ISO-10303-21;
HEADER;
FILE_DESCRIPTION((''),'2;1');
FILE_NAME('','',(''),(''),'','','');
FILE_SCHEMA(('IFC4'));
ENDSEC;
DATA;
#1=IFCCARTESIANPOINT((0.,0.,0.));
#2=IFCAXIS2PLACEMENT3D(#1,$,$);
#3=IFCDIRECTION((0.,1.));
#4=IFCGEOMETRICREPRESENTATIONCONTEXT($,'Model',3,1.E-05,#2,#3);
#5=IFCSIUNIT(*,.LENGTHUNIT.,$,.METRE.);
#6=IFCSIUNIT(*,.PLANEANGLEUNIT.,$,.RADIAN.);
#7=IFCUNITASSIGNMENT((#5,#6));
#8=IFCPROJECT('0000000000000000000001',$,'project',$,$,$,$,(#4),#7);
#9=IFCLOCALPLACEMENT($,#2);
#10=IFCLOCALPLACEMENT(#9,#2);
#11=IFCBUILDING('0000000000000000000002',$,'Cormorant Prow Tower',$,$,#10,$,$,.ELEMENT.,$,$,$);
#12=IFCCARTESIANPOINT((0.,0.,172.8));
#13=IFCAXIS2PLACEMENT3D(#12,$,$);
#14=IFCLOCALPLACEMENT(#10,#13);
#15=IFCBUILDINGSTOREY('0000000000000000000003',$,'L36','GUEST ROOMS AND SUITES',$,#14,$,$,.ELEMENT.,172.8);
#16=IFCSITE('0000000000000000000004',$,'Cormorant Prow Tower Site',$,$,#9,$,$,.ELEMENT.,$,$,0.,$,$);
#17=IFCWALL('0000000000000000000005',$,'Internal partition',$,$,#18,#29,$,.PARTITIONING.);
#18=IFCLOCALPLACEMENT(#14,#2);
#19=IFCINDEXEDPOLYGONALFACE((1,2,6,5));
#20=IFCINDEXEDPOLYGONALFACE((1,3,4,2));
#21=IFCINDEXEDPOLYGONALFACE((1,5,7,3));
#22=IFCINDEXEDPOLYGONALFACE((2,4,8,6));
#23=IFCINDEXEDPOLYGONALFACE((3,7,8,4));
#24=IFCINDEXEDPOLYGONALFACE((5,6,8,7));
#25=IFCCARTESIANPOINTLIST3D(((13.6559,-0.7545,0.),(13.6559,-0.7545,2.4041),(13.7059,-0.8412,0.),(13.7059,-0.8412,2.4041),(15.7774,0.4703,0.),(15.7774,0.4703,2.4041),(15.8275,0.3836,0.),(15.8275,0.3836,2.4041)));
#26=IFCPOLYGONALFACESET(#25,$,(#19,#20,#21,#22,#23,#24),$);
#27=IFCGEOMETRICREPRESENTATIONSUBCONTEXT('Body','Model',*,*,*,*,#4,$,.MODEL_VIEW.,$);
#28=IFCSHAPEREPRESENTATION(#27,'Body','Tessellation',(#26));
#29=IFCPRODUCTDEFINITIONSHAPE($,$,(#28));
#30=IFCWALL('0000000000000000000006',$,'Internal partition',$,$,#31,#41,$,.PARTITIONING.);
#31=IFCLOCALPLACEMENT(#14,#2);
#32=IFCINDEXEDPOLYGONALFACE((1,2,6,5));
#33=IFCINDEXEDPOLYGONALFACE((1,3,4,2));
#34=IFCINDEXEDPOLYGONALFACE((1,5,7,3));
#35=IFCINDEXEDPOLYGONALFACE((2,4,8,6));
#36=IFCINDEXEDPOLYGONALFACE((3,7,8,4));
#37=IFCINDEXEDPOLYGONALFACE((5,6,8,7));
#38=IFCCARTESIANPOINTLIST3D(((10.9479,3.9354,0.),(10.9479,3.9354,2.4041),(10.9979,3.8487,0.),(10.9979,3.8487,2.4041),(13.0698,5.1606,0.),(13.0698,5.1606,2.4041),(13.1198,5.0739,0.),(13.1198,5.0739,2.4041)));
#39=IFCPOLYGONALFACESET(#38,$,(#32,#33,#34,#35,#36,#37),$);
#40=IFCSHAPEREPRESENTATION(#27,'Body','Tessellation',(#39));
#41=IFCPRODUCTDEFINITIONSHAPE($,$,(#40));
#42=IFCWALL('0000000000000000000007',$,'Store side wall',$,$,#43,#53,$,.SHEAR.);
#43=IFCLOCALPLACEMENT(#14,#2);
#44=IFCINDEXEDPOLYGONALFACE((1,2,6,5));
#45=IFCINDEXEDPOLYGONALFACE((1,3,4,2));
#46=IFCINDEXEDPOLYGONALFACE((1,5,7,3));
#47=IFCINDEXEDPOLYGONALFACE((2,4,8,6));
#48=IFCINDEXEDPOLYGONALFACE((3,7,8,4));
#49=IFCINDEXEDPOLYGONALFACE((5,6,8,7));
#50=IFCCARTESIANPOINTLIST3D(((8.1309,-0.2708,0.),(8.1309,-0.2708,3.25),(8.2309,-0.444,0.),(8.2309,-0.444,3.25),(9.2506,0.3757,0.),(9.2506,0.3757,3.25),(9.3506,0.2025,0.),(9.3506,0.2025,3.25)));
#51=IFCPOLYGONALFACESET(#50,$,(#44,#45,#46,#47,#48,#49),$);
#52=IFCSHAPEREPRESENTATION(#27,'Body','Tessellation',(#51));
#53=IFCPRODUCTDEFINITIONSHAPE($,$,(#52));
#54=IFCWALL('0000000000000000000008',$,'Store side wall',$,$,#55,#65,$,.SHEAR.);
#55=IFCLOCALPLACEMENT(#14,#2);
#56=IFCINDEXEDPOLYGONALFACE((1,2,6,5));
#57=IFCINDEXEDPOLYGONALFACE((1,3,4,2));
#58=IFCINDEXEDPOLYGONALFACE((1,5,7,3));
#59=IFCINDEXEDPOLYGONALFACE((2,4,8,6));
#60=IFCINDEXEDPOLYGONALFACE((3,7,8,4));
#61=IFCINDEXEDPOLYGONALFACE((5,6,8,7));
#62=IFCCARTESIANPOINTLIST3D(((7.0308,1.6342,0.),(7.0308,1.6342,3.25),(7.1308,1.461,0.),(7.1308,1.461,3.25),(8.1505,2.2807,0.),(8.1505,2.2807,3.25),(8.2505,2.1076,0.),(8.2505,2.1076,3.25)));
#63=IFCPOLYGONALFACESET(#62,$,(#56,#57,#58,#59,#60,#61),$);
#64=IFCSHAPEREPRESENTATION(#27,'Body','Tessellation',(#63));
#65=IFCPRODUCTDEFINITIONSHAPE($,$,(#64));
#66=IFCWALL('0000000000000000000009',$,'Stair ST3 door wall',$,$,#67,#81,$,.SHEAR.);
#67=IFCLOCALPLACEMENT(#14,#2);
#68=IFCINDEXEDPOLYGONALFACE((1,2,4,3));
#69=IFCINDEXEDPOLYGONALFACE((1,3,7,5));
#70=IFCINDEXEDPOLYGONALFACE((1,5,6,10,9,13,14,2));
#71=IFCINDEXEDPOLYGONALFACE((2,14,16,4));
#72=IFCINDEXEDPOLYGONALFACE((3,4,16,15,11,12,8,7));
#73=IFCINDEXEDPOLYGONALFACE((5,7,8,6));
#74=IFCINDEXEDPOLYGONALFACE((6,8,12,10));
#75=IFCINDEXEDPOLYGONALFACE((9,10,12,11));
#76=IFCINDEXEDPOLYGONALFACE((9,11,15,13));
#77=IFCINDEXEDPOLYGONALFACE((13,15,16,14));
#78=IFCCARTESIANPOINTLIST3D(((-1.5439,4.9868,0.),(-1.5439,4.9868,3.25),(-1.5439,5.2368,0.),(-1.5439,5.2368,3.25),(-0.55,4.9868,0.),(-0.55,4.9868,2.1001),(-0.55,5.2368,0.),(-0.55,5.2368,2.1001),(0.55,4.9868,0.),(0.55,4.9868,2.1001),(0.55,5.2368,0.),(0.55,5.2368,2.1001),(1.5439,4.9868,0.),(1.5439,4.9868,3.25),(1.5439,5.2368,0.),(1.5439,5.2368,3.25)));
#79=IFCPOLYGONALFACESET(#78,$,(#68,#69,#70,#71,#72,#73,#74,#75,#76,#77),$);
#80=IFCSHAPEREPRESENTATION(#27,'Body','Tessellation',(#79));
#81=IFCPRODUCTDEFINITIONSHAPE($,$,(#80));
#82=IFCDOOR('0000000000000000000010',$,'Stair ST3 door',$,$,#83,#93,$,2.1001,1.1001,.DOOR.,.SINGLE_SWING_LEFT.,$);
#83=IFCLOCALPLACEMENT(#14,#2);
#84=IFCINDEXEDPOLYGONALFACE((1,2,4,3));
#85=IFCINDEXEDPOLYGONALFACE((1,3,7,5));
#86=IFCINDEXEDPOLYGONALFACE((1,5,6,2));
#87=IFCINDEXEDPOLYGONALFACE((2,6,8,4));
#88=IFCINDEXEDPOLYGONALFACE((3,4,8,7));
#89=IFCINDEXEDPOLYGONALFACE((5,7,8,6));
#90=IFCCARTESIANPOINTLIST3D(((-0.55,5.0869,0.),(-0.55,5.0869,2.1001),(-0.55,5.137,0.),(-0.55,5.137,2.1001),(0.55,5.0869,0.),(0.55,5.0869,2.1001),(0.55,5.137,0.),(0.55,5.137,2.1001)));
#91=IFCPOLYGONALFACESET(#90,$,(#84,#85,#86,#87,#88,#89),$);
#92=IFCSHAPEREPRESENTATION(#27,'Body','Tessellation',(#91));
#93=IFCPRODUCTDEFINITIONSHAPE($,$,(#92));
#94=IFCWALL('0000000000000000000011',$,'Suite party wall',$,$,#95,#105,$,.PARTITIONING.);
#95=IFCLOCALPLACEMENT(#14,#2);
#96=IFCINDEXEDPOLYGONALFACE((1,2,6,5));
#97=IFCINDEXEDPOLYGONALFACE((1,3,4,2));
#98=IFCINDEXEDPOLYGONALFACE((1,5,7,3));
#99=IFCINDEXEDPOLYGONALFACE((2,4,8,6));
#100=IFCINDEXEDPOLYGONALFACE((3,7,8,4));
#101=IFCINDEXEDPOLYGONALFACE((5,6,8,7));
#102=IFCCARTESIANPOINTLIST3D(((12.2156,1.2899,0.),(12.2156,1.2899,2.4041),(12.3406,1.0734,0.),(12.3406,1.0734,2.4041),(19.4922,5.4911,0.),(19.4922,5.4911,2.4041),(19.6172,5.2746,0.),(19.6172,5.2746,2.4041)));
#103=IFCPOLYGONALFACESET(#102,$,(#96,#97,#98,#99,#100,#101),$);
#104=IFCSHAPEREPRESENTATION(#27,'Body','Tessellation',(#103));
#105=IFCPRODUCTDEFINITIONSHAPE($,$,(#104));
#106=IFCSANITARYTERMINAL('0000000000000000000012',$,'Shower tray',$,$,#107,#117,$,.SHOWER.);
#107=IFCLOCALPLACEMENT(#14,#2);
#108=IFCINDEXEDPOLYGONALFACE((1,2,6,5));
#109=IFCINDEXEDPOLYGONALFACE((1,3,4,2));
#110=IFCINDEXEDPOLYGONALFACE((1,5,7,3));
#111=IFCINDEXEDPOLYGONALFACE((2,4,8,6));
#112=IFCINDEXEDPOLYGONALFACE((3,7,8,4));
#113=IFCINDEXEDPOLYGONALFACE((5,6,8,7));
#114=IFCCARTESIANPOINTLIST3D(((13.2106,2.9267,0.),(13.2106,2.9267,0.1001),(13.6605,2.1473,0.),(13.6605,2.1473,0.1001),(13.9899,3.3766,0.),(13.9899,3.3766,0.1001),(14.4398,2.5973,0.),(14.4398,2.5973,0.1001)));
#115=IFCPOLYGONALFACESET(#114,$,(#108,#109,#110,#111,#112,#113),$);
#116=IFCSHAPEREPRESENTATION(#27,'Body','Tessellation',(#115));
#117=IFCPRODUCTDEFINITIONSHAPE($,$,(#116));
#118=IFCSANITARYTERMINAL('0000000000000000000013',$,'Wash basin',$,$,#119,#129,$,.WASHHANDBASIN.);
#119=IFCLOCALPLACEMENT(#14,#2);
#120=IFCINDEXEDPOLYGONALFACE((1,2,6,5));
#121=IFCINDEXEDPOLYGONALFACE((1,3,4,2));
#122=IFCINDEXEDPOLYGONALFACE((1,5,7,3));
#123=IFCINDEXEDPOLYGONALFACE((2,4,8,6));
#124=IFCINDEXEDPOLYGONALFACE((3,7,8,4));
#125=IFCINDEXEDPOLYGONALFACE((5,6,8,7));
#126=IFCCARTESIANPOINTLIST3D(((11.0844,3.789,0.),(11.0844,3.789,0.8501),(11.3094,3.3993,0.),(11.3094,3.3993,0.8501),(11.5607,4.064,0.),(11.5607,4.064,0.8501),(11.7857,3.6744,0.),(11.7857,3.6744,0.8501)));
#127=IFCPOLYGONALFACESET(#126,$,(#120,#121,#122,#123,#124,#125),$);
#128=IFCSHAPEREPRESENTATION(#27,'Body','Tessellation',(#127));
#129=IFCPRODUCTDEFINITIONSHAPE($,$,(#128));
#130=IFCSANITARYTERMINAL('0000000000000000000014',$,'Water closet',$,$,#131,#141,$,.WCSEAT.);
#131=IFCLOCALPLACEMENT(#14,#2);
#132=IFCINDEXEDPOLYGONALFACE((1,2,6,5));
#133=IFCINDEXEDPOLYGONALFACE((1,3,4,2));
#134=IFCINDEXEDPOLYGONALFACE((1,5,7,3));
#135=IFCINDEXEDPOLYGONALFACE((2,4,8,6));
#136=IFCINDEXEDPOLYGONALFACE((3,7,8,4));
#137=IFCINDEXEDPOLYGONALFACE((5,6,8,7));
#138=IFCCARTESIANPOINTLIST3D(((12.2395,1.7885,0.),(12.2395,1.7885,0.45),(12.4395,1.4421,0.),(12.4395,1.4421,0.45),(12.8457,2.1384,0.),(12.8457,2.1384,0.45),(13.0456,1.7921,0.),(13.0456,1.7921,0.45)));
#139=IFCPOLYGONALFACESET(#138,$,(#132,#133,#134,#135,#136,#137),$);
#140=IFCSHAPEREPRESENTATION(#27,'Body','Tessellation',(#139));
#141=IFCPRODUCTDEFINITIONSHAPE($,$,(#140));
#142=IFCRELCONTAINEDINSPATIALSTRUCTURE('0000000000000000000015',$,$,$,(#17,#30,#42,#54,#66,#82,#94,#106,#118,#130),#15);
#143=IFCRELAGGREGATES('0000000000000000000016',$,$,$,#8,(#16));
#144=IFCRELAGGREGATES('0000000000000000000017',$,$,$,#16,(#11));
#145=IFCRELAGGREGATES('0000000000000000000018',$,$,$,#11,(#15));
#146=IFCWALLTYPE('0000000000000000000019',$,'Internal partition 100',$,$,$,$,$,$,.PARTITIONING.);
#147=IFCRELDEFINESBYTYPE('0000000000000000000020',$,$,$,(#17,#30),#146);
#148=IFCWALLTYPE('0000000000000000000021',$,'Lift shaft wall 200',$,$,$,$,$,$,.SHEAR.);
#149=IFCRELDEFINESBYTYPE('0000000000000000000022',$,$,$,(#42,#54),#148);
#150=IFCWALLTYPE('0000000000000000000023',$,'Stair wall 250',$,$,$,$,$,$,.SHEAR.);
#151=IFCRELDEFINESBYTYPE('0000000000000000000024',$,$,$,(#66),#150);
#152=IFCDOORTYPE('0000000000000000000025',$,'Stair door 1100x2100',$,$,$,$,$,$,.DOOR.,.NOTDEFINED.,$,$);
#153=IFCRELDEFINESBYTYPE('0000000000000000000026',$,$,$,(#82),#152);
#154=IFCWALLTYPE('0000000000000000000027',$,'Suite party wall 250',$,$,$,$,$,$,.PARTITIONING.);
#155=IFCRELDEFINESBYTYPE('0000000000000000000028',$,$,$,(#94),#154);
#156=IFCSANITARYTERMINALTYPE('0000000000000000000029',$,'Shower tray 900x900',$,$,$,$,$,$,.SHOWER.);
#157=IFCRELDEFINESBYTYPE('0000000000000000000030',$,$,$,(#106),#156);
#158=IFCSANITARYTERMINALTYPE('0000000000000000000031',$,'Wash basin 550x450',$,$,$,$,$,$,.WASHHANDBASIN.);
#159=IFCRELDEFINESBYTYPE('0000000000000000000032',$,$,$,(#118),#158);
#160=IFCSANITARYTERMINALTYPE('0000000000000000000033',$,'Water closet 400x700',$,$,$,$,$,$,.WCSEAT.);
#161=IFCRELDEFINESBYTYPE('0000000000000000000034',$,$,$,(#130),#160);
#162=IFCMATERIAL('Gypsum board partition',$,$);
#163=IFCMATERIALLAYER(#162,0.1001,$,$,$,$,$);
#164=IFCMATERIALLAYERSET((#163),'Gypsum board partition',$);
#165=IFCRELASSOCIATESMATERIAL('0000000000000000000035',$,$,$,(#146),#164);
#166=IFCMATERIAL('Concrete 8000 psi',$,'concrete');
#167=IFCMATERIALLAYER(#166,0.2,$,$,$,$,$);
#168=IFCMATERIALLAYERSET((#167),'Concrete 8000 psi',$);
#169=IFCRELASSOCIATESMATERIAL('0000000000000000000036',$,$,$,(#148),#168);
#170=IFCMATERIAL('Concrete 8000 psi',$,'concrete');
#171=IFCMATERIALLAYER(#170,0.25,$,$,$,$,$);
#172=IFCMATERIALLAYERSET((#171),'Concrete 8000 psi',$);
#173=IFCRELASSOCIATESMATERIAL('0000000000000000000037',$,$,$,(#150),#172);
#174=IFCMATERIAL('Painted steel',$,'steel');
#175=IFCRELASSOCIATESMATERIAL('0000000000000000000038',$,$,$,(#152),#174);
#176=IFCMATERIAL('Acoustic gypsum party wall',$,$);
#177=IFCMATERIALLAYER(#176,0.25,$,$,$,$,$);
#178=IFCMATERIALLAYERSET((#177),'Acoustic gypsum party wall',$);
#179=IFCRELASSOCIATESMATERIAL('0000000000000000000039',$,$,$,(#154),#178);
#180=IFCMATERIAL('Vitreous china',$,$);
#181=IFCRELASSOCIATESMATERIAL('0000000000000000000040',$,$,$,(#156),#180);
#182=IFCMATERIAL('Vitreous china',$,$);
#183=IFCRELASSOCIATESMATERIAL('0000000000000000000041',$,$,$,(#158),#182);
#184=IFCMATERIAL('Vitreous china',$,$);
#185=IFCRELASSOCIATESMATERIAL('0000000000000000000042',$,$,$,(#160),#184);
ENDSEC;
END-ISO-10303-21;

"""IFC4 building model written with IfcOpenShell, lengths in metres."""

from ifc_helpers import new_model, si_unit, direction, frame, frame_2d, origin, origin_2d, place, context, subcontext, project, spatial, rectangle, extrude, material, layer, layer_set, type_object, element, fill, save


model = new_model("IFC4")

# Units and contexts
model_context = context("Model", 3, precision=1e-05, world=origin(), true_north=direction((0.0, 1.0)))
body_context = subcontext(model_context, "Body", "Model", "MODEL_VIEW")
ifc_project = project(units=[si_unit("LENGTHUNIT", "METRE"), si_unit("PLANEANGLEUNIT", "RADIAN")], contexts=[model_context])

# Site, building, storey
site_placement = place(None, origin())
site = spatial("IfcSite", under=ifc_project, at=site_placement, Name="Cormorant Prow Tower Site", CompositionType="ELEMENT", RefElevation=0.0)
building_placement = place(site_placement, origin())
building = spatial("IfcBuilding", under=site, at=building_placement, Name="Cormorant Prow Tower", CompositionType="ELEMENT")
storey_placement = place(building_placement, frame((0.0, 0.0, 172.8)))
storey = spatial("IfcBuildingStorey", under=building, at=storey_placement, Name="L36", Description="GUEST ROOMS AND SUITES", CompositionType="ELEMENT", Elevation=172.8)

# Shared definitions
ifc_material_1 = material(Name="Gypsum board partition")
ifc_layer_1 = layer(ifc_material_1, 0.1001)
ifc_layer_set_1 = layer_set([ifc_layer_1], Name="Gypsum board partition")
wall_type_1 = type_object("IfcWallType", Name="Internal partition 100", PredefinedType="PARTITIONING", material=ifc_layer_set_1)

# Walls
wall_1_placement = place(storey_placement, frame((13.6809, -0.7979, 0.0), z_axis=(0.0, 0.0, 1.0), x_axis=(0.866033, 0.499987, 0.0)))
element("IfcWall", 1, at=wall_1_placement, inside=storey, type_object=wall_type_1, Name="Internal partition", PredefinedType="PARTITIONING", context=body_context, shape_type="SweptSolid", body=[
    extrude(rectangle(XDim=2.4497, YDim=0.1001, at=frame_2d((1.2249, 0.0))), origin(), (0.0, 0.0, 1.0), 2.4041),
])
wall_2_placement = place(storey_placement, frame((10.9729, 3.8921, 0.0), z_axis=(0.0, 0.0, 1.0), x_axis=(0.866015, 0.500019, 0.0)))
element("IfcWall", 2, at=wall_2_placement, inside=storey, type_object=wall_type_1, Name="Internal partition", PredefinedType="PARTITIONING", context=body_context, shape_type="SweptSolid", body=[
    extrude(rectangle(XDim=2.4502, YDim=0.1001, at=frame_2d((1.2251, 0.0))), origin(), (0.0, 0.0, 1.0), 2.4041),
])
ifc_material_2 = material(Name="Concrete 8000 psi", Category="concrete")
ifc_layer_2 = layer(ifc_material_2, 0.2)
ifc_layer_set_2 = layer_set([ifc_layer_2], Name="Concrete 8000 psi")
wall_type_2 = type_object("IfcWallType", Name="Lift shaft wall 200", PredefinedType="SHEAR", material=ifc_layer_set_2)
for number, where, z_axis, x_axis, name in (
    (3, (8.1809, -0.3574, 0.0), (0.0, 0.0, 1.0), (0.866003, 0.500038, 0.0), "Store side wall"),
    (4, (7.0808, 1.5476, 0.0), (0.0, 0.0, 1.0), (0.866003, 0.500038, 0.0), "Store side wall"),
):
    element("IfcWall", number, at=place(storey_placement, frame(where, z_axis=z_axis, x_axis=x_axis)), inside=storey, type_object=wall_type_2, Name=name, PredefinedType="SHEAR", context=body_context, shape_type="SweptSolid", body=[
        extrude(rectangle(XDim=1.293, YDim=0.2, at=frame_2d((0.6465, 0.0))), origin(), (0.0, 0.0, 1.0), 3.25),
    ])

# Wall, opening, door
ifc_material_3 = material(Name="Concrete 8000 psi", Category="concrete")
ifc_layer_3 = layer(ifc_material_3, 0.25)
ifc_layer_set_3 = layer_set([ifc_layer_3], Name="Concrete 8000 psi")
wall_type_3 = type_object("IfcWallType", Name="Stair wall 250", PredefinedType="SHEAR", material=ifc_layer_set_3)
wall_3_placement = place(storey_placement, frame((1.5439, 5.1118, 0.0), z_axis=(0.0, 0.0, 1.0), x_axis=(-1.0, 0.0, 0.0)))
wall_3 = element("IfcWall", 5, at=wall_3_placement, inside=storey, type_object=wall_type_3, Name="Stair ST3 door wall", PredefinedType="SHEAR", context=body_context, shape_type="SweptSolid", body=[
    extrude(rectangle(XDim=3.0879, YDim=0.25, at=frame_2d((1.5439, 0.0))), origin(), (0.0, 0.0, 1.0), 3.25),
])
opening_1_placement = place(wall_3_placement, frame((0.9939, 0.0, 0.0)))
opening_1 = element("IfcOpeningElement", 6, at=opening_1_placement, cuts=wall_3, PredefinedType="OPENING", context=body_context, shape_type="SweptSolid", body=[
    extrude(rectangle(XDim=1.1001, YDim=2.1001, at=frame_2d((0.55, 1.05))), frame((0.0, 0.135, 0.0), z_axis=(0.0, -1.0, 0.0), x_axis=(1.0, 0.0, 0.0)), (0.0, 0.0, 1.0), 0.27),
])
ifc_material_4 = material(Name="Painted steel", Category="steel")
door_type_1 = type_object("IfcDoorType", Name="Stair door 1100x2100", OperationType="NOTDEFINED", PredefinedType="DOOR", material=ifc_material_4)
door_1_placement = place(opening_1_placement, origin())
door_1 = element("IfcDoor", 7, at=door_1_placement, inside=storey, type_object=door_type_1, Name="Stair ST3 door", OperationType="SINGLE_SWING_LEFT", OverallHeight=2.1001, OverallWidth=1.1001, PredefinedType="DOOR", context=body_context, shape_type="SweptSolid", body=[
    extrude(rectangle(XDim=1.1001, YDim=2.1001, at=frame_2d((0.55, 1.05))), frame((0.0, 0.0249, 0.0), z_axis=(0.0, -1.0, 0.0), x_axis=(1.0, 0.0, 0.0)), (0.0, 0.0, 1.0), 0.05),
])
fill(opening_1, door_1)

# Wall
ifc_material_5 = material(Name="Acoustic gypsum party wall")
ifc_layer_4 = layer(ifc_material_5, 0.25)
ifc_layer_set_4 = layer_set([ifc_layer_4], Name="Acoustic gypsum party wall")
wall_type_4 = type_object("IfcWallType", Name="Suite party wall 250", PredefinedType="PARTITIONING", material=ifc_layer_set_4)
wall_4_placement = place(storey_placement, frame((12.2781, 1.1816, 0.0), z_axis=(0.0, 0.0, 1.0), x_axis=(0.866024, 0.500002, 0.0)))
element("IfcWall", 8, at=wall_4_placement, inside=storey, type_object=wall_type_4, Name="Suite party wall", PredefinedType="PARTITIONING", context=body_context, shape_type="SweptSolid", body=[
    extrude(rectangle(XDim=8.4023, YDim=0.25, at=frame_2d((4.2012, 0.0))), origin(), (0.0, 0.0, 1.0), 2.4041),
])

# Sanitary terminals
ifc_material_6 = material(Name="Vitreous china")
sanitary_terminal_type_1 = type_object("IfcSanitaryTerminalType", Name="Shower tray 900x900", PredefinedType="SHOWER", material=ifc_material_6)
sanitary_terminal_1_placement = place(storey_placement, frame((13.8252, 2.762, 0.0), z_axis=(0.0, 0.0, 1.0), x_axis=(-0.866025, -0.5, 0.0)))
element("IfcSanitaryTerminal", 9, at=sanitary_terminal_1_placement, inside=storey, type_object=sanitary_terminal_type_1, Name="Shower tray", PredefinedType="SHOWER", context=body_context, shape_type="SweptSolid", body=[
    extrude(rectangle(XDim=0.8999, YDim=0.8999, at=origin_2d()), origin(), (0.0, 0.0, 1.0), 0.1001),
])
ifc_material_7 = material(Name="Vitreous china")
sanitary_terminal_type_2 = type_object("IfcSanitaryTerminalType", Name="Wash basin 550x450", PredefinedType="WASHHANDBASIN", material=ifc_material_7)
sanitary_terminal_2_placement = place(storey_placement, frame((11.4351, 3.7317, 0.0), z_axis=(0.0, 0.0, 1.0), x_axis=(0.866025, 0.5, 0.0)))
element("IfcSanitaryTerminal", 10, at=sanitary_terminal_2_placement, inside=storey, type_object=sanitary_terminal_type_2, Name="Wash basin", PredefinedType="WASHHANDBASIN", context=body_context, shape_type="SweptSolid", body=[
    extrude(rectangle(XDim=0.55, YDim=0.45, at=origin_2d()), origin(), (0.0, 0.0, 1.0), 0.8501),
])
ifc_material_8 = material(Name="Vitreous china")
sanitary_terminal_type_3 = type_object("IfcSanitaryTerminalType", Name="Water closet 400x700", PredefinedType="WCSEAT", material=ifc_material_8)
sanitary_terminal_3_placement = place(storey_placement, frame((12.6426, 1.7903, 0.0), z_axis=(0.0, 0.0, 1.0), x_axis=(-0.5, 0.866025, 0.0)))
element("IfcSanitaryTerminal", 11, at=sanitary_terminal_3_placement, inside=storey, type_object=sanitary_terminal_type_3, Name="Water closet", PredefinedType="WCSEAT", context=body_context, shape_type="SweptSolid", body=[
    extrude(rectangle(XDim=0.3999, YDim=0.7, at=origin_2d()), origin(), (0.0, 0.0, 1.0), 0.45),
])

save(model, "model.ifc")
